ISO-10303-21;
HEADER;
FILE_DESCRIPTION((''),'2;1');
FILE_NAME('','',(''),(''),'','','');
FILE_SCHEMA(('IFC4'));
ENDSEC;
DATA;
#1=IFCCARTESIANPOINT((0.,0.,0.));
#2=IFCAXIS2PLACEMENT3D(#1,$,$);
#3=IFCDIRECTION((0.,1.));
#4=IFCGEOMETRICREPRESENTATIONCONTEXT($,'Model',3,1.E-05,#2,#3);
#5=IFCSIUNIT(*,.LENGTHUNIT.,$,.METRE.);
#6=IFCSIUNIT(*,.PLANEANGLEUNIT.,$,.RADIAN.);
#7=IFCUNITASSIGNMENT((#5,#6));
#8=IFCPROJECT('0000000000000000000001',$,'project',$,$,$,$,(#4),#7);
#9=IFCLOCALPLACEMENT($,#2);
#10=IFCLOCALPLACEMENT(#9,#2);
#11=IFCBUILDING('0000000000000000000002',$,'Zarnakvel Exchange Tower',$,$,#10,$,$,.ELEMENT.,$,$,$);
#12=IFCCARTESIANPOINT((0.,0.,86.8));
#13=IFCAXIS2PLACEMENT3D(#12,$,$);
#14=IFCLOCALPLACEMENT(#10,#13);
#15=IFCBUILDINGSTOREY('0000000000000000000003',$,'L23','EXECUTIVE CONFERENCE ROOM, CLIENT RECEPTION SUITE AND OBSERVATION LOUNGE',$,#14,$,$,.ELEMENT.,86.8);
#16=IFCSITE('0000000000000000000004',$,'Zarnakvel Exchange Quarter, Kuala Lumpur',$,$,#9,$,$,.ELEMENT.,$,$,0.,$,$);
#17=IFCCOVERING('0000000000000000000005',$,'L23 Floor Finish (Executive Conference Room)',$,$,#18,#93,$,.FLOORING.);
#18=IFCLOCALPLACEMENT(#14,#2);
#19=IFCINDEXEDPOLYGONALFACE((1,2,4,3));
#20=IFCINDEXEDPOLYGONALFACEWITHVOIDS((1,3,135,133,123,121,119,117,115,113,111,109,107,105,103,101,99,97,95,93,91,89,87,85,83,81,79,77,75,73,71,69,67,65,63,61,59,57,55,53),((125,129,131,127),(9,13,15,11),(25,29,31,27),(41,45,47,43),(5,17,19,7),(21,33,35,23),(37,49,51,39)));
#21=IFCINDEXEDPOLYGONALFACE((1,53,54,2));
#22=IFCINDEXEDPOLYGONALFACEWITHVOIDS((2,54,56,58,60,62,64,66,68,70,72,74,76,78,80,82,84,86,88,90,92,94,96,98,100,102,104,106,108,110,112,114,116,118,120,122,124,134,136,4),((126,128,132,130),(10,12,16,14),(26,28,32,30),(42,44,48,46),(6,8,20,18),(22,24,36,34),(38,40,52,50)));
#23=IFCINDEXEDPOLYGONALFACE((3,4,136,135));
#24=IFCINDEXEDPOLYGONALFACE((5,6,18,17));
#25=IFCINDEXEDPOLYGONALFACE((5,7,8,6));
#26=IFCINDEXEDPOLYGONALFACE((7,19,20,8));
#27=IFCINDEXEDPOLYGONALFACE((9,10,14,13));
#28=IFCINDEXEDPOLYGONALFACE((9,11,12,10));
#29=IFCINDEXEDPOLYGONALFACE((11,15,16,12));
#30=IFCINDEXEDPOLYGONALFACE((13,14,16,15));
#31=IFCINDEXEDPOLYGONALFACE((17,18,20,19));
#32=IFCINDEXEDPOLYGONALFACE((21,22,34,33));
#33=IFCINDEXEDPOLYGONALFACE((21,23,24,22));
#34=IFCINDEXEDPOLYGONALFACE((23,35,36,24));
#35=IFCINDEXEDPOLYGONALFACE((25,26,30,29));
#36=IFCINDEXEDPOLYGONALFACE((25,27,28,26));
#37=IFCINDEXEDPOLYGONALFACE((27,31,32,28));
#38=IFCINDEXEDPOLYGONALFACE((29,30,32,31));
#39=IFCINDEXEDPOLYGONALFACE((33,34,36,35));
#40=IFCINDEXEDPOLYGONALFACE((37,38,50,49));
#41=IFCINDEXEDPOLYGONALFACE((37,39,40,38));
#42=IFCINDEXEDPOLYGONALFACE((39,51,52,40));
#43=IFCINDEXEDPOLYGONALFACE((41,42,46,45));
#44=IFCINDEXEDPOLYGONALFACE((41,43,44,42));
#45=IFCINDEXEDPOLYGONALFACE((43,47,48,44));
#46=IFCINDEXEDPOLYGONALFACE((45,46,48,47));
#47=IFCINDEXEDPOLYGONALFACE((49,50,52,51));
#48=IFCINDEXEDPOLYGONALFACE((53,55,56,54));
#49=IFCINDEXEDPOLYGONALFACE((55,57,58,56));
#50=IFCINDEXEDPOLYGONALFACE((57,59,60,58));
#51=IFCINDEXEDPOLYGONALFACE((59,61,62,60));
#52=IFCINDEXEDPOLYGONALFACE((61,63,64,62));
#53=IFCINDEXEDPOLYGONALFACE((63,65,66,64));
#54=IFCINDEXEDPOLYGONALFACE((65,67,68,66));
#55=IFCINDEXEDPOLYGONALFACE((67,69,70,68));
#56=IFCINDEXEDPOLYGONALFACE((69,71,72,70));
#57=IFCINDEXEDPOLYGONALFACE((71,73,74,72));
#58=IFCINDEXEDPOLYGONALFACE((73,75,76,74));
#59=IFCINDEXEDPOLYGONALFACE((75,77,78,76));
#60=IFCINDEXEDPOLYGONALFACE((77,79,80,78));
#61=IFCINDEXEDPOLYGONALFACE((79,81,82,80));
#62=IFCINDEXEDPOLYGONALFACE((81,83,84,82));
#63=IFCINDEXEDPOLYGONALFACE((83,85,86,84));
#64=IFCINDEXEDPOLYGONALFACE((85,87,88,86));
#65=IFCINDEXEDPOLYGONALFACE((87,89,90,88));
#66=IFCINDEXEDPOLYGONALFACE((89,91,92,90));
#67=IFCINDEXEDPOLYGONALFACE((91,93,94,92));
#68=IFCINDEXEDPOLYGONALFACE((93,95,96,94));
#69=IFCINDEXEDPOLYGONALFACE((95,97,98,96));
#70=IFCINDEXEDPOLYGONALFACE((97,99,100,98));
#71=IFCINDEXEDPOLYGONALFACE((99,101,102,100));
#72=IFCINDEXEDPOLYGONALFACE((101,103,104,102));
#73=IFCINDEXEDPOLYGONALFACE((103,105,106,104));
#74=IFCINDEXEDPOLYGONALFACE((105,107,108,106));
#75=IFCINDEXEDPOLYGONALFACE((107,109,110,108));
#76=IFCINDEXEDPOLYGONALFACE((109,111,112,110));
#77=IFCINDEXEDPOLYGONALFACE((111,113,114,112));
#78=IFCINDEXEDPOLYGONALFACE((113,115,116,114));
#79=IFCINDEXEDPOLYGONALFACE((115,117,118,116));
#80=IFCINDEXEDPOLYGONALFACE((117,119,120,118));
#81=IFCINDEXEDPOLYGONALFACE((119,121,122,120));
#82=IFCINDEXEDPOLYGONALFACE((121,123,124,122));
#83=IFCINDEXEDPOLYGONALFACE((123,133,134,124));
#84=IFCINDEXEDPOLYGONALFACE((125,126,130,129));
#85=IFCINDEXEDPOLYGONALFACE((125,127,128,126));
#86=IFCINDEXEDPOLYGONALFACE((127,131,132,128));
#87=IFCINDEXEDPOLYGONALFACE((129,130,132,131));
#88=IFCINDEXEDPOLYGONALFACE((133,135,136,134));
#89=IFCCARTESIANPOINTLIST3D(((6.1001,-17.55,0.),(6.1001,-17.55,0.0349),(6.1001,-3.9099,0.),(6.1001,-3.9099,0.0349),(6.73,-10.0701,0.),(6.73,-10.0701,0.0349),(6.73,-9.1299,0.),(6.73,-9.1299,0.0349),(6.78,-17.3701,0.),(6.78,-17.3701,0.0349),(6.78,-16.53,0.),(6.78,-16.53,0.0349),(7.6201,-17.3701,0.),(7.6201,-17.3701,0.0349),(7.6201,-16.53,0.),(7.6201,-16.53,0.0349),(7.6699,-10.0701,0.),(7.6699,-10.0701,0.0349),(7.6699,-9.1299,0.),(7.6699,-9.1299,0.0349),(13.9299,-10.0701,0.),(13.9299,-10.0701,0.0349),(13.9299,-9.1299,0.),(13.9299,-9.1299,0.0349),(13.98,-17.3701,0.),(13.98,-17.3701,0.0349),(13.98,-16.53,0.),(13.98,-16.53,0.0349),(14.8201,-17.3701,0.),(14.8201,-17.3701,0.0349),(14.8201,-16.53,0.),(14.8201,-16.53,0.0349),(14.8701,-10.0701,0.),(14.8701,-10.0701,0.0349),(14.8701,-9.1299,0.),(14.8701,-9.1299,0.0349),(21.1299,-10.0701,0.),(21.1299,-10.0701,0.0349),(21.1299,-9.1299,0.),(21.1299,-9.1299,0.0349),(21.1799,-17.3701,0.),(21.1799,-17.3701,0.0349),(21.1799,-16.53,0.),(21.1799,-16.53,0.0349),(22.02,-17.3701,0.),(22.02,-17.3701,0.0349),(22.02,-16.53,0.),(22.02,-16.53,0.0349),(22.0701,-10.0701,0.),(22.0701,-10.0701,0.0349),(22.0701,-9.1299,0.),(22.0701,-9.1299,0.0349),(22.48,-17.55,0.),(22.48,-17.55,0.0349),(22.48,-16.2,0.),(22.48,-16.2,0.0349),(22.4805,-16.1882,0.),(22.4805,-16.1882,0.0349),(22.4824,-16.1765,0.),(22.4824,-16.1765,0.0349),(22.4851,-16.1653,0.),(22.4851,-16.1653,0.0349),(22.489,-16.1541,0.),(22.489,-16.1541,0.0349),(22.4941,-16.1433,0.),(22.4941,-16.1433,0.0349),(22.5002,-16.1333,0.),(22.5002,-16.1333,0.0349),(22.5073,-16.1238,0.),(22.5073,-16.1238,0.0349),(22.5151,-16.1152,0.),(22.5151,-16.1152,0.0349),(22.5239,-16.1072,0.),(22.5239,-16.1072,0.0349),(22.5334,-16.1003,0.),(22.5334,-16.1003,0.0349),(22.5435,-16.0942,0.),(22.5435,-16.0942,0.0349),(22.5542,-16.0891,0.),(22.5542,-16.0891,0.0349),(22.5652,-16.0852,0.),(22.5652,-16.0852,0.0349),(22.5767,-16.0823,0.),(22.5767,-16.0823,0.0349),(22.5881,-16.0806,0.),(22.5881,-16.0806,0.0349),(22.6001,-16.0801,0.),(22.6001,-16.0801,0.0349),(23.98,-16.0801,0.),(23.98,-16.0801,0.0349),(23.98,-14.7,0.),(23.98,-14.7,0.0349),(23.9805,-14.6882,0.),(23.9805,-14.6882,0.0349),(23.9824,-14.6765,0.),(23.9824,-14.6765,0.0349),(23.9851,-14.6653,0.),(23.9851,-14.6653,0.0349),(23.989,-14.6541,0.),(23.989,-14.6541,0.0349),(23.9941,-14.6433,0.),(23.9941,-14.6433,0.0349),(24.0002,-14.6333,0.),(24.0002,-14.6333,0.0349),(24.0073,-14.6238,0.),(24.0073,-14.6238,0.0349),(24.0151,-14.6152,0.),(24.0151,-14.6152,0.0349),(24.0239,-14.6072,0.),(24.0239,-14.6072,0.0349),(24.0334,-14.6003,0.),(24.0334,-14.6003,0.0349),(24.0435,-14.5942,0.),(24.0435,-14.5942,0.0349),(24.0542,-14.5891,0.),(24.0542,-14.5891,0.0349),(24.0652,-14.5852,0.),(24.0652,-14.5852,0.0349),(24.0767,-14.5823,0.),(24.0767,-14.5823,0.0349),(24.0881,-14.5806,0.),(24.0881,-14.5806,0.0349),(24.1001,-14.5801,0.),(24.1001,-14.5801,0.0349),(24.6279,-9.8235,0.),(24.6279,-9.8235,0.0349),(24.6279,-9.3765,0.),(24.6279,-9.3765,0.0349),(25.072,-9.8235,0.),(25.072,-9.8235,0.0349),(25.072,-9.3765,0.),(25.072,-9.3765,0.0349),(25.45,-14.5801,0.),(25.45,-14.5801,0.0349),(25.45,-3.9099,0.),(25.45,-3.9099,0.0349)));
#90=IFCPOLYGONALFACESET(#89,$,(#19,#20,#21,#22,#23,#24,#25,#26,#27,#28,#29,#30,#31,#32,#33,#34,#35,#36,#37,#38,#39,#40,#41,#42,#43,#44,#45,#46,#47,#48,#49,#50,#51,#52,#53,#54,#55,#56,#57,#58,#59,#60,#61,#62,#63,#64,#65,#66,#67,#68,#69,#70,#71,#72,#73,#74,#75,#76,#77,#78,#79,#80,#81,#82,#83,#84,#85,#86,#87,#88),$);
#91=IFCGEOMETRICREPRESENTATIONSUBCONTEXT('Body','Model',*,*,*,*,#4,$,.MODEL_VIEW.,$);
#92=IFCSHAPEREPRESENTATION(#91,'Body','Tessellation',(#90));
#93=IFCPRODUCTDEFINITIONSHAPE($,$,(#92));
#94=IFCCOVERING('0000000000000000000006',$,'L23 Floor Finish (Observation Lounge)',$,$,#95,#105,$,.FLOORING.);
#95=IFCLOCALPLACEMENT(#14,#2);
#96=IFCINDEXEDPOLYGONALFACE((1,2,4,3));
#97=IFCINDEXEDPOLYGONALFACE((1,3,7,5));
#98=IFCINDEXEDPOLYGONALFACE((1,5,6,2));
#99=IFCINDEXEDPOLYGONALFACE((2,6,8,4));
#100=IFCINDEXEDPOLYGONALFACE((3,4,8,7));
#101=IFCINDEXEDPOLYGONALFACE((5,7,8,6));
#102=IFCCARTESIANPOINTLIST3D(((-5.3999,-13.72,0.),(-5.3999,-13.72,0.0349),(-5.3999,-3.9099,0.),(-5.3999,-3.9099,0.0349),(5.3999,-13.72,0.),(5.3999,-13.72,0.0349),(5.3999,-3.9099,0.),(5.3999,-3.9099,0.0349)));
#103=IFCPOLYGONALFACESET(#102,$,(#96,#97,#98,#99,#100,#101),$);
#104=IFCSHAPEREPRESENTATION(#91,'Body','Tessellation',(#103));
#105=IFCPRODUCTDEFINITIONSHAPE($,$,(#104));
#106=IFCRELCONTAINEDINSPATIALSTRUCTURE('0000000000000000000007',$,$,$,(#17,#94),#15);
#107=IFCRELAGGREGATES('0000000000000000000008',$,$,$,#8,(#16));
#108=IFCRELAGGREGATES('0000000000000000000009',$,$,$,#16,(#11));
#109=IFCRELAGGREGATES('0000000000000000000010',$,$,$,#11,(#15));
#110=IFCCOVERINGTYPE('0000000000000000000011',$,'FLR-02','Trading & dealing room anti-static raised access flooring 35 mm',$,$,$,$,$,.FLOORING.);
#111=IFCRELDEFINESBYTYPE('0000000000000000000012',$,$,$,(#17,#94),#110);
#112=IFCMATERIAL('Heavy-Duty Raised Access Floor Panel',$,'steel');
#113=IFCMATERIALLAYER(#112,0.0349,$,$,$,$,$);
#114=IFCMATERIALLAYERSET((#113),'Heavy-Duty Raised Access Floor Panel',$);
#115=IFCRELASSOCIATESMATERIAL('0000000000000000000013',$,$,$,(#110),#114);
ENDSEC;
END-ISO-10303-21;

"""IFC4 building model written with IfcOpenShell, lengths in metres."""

from ifc_helpers import new_model, si_unit, direction, frame, origin, place, context, subcontext, project, spatial, polyline, outline, extrude, material, layer, layer_set, type_object, element, save


model = new_model("IFC4")

# Units and contexts
model_context = context("Model", 3, precision=1e-05, world=origin(), true_north=direction((0.0, 1.0)))
body_context = subcontext(model_context, "Body", "Model", "MODEL_VIEW")
ifc_project = project(units=[si_unit("LENGTHUNIT", "METRE"), si_unit("PLANEANGLEUNIT", "RADIAN")], contexts=[model_context])

# Site, building, storey
site_placement = place(None, origin())
site = spatial("IfcSite", under=ifc_project, at=site_placement, Name="Zarnakvel Exchange Quarter, Kuala Lumpur", CompositionType="ELEMENT", RefElevation=0.0)
building_placement = place(site_placement, origin())
building = spatial("IfcBuilding", under=site, at=building_placement, Name="Zarnakvel Exchange Tower", CompositionType="ELEMENT")
storey_placement = place(building_placement, frame((0.0, 0.0, 86.8)))
storey = spatial("IfcBuildingStorey", under=building, at=storey_placement, Name="L23", Description="EXECUTIVE CONFERENCE ROOM, CLIENT RECEPTION SUITE AND OBSERVATION LOUNGE", CompositionType="ELEMENT", Elevation=86.8)

# Coverings
ifc_material_1 = material(Name="Heavy-Duty Raised Access Floor Panel", Category="steel")
ifc_layer_1 = layer(ifc_material_1, 0.0349)
ifc_layer_set_1 = layer_set([ifc_layer_1], Name="Heavy-Duty Raised Access Floor Panel")
covering_type_1 = type_object("IfcCoveringType", Name="FLR-02", Description="Trading & dealing room anti-static raised access flooring 35 mm", PredefinedType="FLOORING", material=ifc_layer_set_1)
covering_1_placement = place(storey_placement, origin())
element("IfcCovering", 1, at=covering_1_placement, inside=storey, type_object=covering_type_1, Name="L23 Floor Finish (Executive Conference Room)", PredefinedType="FLOORING", context=body_context, shape_type="SweptSolid", body=[
    extrude(outline(polyline([(6.1001, -3.9099), (25.45, -3.9099), (25.45, -14.5801), (24.1001, -14.5801), (24.0881, -14.5806), (24.0767, -14.5823), (24.0652, -14.5852), (24.0542, -14.5891), (24.0435, -14.5942), (24.0334, -14.6003), (24.0239, -14.6072), (24.0151, -14.6152), (24.0073, -14.6238), (24.0002, -14.6333), (23.9941, -14.6433), (23.989, -14.6541), (23.9851, -14.6653), (23.9824, -14.6765), (23.9805, -14.6882), (23.98, -14.7), (23.98, -16.0801), (22.6001, -16.0801), (22.5881, -16.0806), (22.5767, -16.0823), (22.5652, -16.0852), (22.5542, -16.0891), (22.5435, -16.0942), (22.5334, -16.1003), (22.5239, -16.1072), (22.5151, -16.1152), (22.5073, -16.1238), (22.5002, -16.1333), (22.4941, -16.1433), (22.489, -16.1541), (22.4851, -16.1653), (22.4824, -16.1765), (22.4805, -16.1882), (22.48, -16.2), (22.48, -17.55), (6.1001, -17.55), (6.1001, -3.9099)]), holes=[polyline([(25.072, -9.8235), (25.072, -9.3765), (24.6279, -9.3765), (24.6279, -9.8235), (25.072, -9.8235)]), polyline([(22.0701, -10.0701), (22.0701, -9.1299), (21.1299, -9.1299), (21.1299, -10.0701), (22.0701, -10.0701)]), polyline([(22.02, -17.3701), (22.02, -16.53), (21.1799, -16.53), (21.1799, -17.3701), (22.02, -17.3701)]), polyline([(13.9299, -10.0701), (14.8701, -10.0701), (14.8701, -9.1299), (13.9299, -9.1299), (13.9299, -10.0701)]), polyline([(14.8201, -17.3701), (14.8201, -16.53), (13.98, -16.53), (13.98, -17.3701), (14.8201, -17.3701)]), polyline([(6.73, -10.0701), (7.6699, -10.0701), (7.6699, -9.1299), (6.73, -9.1299), (6.73, -10.0701)]), polyline([(7.6201, -17.3701), (7.6201, -16.53), (6.78, -16.53), (6.78, -17.3701), (7.6201, -17.3701)])]), origin(), (0.0, 0.0, 1.0), 0.0349),
])
covering_2_placement = place(storey_placement, origin())
element("IfcCovering", 2, at=covering_2_placement, inside=storey, type_object=covering_type_1, Name="L23 Floor Finish (Observation Lounge)", PredefinedType="FLOORING", context=body_context, shape_type="SweptSolid", body=[
    extrude(outline(polyline([(-5.3999, -3.9099), (5.3999, -3.9099), (5.3999, -13.72), (-5.3999, -13.72), (-5.3999, -3.9099)])), origin(), (0.0, 0.0, 1.0), 0.0349),
])

save(model, "model.ifc")
